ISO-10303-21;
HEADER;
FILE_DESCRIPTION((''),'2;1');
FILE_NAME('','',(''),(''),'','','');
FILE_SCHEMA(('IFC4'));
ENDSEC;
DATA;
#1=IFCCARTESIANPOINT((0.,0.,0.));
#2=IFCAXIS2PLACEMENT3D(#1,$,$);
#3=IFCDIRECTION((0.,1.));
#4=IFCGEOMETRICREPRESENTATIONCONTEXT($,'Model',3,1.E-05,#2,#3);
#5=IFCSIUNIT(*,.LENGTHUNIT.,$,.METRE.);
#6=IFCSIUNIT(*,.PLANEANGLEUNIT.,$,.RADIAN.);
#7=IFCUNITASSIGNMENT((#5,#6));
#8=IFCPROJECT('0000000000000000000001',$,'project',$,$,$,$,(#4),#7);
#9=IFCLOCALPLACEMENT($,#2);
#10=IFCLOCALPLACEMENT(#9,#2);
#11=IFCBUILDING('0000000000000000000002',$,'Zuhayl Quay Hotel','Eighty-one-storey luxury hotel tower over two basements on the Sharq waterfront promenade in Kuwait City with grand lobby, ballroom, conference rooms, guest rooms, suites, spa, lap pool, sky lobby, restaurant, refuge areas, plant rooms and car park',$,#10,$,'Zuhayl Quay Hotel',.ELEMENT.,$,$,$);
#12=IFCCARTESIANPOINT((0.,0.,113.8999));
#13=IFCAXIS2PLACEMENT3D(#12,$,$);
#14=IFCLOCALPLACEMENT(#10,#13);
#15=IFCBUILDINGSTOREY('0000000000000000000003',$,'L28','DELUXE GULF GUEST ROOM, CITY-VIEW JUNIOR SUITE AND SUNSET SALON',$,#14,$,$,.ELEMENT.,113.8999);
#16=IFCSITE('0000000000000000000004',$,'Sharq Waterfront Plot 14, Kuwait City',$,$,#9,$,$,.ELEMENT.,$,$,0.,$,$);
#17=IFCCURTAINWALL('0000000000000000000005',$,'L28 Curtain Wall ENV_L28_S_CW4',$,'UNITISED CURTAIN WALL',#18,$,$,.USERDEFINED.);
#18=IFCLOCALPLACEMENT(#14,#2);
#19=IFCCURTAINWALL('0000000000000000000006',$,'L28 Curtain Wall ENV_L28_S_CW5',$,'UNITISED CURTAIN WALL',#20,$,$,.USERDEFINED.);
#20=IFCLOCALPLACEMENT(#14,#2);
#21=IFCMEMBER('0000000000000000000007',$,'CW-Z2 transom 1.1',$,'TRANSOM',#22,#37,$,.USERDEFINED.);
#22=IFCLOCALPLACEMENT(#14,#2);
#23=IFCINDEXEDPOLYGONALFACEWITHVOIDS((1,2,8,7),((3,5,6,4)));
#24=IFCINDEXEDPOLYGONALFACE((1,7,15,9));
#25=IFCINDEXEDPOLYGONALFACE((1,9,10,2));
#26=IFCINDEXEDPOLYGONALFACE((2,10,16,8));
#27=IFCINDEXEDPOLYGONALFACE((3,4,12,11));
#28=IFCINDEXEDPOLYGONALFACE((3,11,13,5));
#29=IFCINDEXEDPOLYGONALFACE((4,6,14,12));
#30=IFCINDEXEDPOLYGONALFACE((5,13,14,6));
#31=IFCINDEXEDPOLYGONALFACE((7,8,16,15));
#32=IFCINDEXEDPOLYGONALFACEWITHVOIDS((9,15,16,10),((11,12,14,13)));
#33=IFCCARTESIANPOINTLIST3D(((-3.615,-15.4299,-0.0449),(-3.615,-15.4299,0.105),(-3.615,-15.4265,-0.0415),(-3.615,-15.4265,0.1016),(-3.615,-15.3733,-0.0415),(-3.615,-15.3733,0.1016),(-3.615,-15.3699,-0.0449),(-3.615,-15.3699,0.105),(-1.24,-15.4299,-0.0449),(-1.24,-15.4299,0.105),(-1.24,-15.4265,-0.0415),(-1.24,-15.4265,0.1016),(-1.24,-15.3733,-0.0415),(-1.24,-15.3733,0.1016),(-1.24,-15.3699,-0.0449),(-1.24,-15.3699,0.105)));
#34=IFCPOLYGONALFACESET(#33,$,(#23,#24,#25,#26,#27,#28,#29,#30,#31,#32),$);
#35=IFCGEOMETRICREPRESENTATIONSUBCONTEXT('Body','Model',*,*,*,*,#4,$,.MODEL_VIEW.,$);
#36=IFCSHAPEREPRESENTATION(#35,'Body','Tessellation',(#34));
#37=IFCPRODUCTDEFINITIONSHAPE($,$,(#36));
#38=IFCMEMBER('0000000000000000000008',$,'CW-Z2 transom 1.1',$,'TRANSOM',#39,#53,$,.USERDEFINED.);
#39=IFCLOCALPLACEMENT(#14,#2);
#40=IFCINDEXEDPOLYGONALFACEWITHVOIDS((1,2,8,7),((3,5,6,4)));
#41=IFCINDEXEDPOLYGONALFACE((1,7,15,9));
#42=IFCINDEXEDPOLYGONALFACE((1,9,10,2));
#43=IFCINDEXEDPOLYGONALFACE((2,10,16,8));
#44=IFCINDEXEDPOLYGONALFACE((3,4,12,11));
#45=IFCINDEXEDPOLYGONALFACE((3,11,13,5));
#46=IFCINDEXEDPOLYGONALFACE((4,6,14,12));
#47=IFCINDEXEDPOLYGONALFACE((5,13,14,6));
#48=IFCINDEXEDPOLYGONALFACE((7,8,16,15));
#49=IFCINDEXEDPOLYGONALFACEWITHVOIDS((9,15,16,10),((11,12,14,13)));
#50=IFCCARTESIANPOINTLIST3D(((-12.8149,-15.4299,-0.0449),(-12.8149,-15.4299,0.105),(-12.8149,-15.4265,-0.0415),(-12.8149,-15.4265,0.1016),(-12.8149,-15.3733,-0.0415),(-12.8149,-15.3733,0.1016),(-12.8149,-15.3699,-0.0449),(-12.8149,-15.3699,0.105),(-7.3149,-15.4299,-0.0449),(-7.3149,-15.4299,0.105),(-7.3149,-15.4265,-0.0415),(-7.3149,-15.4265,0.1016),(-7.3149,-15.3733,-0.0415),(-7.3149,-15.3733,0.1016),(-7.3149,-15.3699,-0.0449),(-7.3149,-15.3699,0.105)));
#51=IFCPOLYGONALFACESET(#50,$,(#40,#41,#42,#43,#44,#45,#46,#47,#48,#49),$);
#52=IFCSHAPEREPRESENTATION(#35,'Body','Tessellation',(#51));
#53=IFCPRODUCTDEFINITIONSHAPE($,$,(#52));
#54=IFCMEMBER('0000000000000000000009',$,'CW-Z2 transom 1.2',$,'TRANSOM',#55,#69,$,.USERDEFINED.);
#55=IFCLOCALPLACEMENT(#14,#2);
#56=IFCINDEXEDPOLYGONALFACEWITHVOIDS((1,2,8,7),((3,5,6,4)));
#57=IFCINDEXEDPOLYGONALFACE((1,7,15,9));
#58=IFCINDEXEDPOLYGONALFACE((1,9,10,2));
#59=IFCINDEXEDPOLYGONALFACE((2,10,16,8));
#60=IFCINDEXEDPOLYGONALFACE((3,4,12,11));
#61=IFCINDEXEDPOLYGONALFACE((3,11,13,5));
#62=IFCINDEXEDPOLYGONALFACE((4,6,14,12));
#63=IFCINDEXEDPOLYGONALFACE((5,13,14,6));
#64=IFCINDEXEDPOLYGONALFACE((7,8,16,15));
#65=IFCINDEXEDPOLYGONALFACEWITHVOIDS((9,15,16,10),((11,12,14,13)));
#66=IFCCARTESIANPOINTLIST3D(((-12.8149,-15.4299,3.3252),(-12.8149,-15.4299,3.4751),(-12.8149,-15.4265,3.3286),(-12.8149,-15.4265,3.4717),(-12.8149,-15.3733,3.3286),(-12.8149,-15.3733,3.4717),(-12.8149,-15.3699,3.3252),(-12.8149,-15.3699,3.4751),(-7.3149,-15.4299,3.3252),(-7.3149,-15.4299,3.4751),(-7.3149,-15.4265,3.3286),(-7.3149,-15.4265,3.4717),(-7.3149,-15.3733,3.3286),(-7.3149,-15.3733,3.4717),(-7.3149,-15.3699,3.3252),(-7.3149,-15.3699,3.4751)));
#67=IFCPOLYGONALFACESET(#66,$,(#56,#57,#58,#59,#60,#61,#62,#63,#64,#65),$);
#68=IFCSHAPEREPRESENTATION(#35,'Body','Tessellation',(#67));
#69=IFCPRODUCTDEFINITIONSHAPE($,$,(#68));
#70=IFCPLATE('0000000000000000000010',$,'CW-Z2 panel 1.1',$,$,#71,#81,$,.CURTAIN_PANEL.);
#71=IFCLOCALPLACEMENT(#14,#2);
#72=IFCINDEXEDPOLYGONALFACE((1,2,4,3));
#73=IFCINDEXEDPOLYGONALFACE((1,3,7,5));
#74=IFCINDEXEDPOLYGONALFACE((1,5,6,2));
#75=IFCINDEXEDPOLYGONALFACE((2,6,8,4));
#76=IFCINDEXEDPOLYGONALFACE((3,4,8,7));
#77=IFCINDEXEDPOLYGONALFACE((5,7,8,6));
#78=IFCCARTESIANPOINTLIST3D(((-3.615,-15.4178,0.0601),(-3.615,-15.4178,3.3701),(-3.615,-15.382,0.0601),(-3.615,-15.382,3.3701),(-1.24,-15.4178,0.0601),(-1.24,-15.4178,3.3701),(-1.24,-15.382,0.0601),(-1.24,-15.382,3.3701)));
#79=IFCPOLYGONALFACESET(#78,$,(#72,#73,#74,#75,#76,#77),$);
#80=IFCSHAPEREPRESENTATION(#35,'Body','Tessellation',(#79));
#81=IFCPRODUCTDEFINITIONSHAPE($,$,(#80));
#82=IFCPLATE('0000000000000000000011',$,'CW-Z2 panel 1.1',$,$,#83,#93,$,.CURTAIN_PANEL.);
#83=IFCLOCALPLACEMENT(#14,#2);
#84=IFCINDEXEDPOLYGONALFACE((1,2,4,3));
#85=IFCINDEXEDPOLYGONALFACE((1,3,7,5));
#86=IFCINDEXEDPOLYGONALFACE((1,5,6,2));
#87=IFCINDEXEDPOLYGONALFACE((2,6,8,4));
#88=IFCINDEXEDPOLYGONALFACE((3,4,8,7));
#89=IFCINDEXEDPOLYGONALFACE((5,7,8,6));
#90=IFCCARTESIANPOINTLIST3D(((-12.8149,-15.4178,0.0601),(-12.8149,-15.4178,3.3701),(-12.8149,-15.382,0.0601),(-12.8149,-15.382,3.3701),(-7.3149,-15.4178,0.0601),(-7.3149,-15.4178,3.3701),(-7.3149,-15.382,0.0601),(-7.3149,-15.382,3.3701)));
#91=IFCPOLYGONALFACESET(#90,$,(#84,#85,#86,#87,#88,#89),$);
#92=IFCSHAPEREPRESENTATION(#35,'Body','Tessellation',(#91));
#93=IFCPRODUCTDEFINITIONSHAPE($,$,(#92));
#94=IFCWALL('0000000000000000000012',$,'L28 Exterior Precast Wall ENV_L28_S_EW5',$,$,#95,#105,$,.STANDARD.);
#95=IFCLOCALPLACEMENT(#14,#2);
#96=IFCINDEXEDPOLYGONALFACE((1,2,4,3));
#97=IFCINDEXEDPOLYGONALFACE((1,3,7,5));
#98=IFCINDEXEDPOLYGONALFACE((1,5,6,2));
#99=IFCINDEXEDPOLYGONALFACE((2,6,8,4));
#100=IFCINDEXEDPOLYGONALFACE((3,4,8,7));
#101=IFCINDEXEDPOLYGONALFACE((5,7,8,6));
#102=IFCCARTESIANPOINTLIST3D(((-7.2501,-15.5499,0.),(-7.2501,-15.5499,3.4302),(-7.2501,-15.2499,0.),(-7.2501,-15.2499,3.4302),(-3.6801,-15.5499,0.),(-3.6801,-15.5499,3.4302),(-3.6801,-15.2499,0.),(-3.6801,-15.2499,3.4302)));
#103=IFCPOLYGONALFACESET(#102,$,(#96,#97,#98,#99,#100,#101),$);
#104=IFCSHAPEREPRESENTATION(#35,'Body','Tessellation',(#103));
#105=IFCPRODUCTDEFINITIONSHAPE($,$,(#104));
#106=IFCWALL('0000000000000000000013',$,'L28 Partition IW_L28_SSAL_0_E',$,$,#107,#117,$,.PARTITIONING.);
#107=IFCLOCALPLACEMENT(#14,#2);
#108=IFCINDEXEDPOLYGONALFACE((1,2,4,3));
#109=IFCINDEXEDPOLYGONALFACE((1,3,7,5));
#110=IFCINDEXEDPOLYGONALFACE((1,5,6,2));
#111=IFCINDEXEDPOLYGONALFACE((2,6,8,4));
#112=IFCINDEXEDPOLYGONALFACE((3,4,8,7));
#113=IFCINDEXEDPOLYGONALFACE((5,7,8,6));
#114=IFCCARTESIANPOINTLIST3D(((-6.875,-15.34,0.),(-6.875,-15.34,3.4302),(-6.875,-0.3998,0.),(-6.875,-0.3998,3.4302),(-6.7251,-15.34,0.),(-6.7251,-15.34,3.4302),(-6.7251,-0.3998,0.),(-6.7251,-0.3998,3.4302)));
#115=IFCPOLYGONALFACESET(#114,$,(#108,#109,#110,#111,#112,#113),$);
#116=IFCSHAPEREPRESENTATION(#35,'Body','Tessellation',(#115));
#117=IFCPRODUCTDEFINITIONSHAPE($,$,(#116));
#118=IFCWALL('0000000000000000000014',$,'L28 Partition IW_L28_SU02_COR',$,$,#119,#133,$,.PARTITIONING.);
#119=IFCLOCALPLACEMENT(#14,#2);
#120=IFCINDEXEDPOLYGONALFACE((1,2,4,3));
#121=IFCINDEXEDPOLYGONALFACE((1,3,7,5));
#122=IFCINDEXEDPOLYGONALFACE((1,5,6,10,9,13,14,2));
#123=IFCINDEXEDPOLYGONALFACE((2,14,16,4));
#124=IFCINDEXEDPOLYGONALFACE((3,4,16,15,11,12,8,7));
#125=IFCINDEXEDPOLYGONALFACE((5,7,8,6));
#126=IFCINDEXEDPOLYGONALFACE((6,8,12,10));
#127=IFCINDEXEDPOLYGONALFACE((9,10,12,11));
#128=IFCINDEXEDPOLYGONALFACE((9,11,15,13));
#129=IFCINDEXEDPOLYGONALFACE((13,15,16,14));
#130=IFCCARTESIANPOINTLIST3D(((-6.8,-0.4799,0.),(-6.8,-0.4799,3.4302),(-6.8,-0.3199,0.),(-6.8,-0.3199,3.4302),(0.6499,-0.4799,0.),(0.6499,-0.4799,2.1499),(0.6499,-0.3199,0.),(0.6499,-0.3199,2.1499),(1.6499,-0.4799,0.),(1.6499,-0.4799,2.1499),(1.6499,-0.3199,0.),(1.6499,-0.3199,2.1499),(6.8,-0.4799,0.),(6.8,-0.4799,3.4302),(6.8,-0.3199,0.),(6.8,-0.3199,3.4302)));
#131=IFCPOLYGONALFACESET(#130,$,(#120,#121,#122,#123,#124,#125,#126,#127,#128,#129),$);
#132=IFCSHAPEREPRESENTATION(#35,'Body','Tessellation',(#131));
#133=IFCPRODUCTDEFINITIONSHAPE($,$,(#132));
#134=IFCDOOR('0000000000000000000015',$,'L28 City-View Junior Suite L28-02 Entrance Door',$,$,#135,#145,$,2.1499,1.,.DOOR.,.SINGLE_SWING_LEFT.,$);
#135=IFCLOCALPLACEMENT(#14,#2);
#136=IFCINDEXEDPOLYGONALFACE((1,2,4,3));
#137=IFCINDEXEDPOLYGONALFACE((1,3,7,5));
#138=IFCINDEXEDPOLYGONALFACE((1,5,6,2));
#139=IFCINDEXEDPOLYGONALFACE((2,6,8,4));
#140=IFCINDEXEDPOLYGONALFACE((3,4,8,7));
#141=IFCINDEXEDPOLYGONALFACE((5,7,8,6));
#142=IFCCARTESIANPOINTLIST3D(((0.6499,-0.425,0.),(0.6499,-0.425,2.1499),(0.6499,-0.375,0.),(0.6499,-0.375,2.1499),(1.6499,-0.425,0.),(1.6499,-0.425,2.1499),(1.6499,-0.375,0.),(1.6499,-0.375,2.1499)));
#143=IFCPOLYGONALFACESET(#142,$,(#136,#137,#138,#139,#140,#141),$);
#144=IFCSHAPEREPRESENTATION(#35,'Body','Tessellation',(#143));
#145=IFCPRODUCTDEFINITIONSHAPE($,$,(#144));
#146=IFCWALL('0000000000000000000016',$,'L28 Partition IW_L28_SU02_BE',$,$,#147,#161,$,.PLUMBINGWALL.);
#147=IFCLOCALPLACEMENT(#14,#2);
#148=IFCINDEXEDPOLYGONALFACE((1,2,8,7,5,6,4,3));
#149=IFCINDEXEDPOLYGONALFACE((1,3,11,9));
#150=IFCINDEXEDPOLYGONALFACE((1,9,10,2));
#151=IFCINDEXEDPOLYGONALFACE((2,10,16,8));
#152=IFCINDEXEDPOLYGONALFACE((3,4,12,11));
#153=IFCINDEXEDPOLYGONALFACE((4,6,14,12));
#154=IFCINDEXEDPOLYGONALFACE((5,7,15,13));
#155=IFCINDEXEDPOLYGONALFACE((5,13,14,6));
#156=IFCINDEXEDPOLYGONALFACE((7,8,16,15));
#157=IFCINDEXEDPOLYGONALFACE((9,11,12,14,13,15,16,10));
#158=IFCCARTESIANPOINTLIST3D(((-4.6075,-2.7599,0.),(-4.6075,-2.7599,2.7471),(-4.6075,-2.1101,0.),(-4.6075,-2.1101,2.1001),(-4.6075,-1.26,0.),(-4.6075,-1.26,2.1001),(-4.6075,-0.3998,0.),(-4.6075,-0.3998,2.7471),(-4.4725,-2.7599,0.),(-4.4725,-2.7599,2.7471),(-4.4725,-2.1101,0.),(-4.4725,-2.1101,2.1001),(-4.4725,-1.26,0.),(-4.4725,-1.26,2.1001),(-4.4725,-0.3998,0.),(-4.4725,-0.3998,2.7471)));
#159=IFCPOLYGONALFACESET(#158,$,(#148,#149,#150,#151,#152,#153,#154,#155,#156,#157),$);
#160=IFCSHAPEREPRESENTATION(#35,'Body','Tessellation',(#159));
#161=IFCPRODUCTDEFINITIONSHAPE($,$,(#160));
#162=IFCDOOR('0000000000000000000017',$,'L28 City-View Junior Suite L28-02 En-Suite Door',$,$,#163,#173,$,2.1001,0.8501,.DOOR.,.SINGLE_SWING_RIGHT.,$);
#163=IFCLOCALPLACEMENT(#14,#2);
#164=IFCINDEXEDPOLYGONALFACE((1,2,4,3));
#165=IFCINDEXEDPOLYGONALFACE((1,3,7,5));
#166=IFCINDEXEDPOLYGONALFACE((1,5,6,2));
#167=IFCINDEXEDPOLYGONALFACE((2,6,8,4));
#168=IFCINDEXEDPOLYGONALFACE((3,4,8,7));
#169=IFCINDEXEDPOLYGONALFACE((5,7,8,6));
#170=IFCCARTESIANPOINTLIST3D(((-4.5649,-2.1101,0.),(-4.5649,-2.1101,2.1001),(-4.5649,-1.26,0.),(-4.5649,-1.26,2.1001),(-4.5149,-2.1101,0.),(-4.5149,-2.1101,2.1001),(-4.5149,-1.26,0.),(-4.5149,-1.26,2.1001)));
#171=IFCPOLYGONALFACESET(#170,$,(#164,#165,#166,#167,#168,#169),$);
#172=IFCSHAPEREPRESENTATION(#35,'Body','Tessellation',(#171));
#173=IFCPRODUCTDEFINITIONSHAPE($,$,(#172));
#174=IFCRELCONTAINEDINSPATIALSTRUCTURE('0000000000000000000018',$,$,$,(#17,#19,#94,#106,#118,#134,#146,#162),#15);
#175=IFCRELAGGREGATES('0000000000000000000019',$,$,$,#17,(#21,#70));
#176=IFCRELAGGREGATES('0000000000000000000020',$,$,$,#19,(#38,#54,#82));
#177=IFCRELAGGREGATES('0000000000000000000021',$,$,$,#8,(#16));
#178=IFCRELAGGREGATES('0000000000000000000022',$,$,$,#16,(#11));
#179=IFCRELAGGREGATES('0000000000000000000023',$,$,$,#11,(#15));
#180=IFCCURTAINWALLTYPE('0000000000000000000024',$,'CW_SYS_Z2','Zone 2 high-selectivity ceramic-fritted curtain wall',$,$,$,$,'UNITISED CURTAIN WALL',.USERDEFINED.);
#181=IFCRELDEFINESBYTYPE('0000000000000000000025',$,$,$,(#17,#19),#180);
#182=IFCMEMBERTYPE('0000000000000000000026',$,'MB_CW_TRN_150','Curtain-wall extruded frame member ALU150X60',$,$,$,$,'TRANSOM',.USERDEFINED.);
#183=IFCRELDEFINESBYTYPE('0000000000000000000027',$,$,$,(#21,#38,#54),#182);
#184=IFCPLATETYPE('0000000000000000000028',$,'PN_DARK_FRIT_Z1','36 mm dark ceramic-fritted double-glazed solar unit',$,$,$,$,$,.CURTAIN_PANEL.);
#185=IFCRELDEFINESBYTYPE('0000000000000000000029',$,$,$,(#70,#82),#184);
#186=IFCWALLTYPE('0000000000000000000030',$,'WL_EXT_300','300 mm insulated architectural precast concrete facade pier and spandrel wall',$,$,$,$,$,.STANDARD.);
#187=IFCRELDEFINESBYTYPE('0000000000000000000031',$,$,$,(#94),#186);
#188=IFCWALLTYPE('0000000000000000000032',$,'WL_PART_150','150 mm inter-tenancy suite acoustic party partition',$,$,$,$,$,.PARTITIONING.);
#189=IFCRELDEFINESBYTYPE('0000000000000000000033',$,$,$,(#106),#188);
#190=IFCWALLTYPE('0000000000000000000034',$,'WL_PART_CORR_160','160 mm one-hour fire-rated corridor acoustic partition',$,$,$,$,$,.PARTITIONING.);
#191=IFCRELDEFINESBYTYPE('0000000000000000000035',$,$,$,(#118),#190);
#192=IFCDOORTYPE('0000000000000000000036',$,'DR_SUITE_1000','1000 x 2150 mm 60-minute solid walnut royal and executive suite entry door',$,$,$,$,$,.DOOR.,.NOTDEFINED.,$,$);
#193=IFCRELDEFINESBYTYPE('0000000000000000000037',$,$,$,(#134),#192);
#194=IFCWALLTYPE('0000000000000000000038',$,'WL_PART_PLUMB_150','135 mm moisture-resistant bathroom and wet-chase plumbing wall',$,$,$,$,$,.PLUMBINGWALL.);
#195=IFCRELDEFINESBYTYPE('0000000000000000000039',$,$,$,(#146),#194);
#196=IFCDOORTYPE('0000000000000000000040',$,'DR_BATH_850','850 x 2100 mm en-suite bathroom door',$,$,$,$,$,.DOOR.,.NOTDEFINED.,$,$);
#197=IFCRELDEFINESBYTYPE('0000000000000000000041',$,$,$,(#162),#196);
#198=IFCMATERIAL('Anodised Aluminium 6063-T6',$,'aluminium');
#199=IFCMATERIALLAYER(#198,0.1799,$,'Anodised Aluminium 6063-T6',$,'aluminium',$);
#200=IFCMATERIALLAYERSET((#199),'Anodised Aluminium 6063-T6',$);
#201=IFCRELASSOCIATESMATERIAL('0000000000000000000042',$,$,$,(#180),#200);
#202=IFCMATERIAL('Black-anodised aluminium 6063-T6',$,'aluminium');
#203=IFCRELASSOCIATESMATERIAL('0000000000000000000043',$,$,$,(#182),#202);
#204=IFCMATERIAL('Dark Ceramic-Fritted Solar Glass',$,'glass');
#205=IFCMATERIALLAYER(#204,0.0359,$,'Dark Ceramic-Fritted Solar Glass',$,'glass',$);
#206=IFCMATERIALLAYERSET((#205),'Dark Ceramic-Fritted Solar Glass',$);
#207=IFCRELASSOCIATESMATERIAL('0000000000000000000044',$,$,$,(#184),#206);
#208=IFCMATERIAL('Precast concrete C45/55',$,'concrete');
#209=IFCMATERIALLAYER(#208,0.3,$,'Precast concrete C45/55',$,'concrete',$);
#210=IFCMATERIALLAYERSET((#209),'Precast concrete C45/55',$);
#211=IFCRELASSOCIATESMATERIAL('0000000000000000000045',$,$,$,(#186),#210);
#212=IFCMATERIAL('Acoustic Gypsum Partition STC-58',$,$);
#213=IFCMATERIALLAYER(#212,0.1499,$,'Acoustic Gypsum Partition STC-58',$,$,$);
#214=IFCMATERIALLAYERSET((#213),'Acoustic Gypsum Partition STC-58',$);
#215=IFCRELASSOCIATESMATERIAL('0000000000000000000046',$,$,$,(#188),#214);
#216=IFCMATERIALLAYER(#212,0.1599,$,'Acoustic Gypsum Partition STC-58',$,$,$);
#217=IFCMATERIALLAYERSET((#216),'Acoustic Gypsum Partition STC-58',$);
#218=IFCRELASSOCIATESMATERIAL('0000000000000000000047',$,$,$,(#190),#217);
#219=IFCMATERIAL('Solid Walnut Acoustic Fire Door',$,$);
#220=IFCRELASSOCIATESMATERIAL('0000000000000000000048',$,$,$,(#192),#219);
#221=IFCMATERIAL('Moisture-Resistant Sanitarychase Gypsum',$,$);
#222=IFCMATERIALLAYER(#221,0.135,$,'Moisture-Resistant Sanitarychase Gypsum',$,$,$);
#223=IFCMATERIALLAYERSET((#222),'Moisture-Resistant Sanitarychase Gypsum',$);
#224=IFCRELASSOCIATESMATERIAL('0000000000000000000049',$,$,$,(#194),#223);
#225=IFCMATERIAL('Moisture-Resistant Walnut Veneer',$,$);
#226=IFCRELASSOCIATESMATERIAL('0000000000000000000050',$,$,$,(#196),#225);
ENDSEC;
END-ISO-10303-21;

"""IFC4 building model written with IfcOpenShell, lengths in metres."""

from ifc_helpers import new_model, si_unit, direction, frame, frame_2d, origin, origin_2d, place, context, subcontext, project, spatial, rectangle, hollow_rectangle, extrude, material, layer, layer_set, material_profile, profile_set, type_object, element, fill, aggregate, save


model = new_model("IFC4")

# Units and contexts
model_context = context("Model", 3, precision=1e-05, world=origin(), true_north=direction((0.0, 1.0)))
body_context = subcontext(model_context, "Body", "Model", "MODEL_VIEW")
ifc_project = project(units=[si_unit("LENGTHUNIT", "METRE"), si_unit("PLANEANGLEUNIT", "RADIAN")], contexts=[model_context])

# Site, building, storey
site_placement = place(None, origin())
site = spatial("IfcSite", under=ifc_project, at=site_placement, Name="Sharq Waterfront Plot 14, Kuwait City", CompositionType="ELEMENT", RefElevation=0.0)
building_placement = place(site_placement, origin())
building = spatial("IfcBuilding", under=site, at=building_placement, Name="Zuhayl Quay Hotel", Description="Eighty-one-storey luxury hotel tower over two basements on the Sharq waterfront promenade in Kuwait City with grand lobby, ballroom, conference rooms, guest rooms, suites, spa, lap pool, sky lobby, restaurant, refuge areas, plant rooms and car park", LongName="Zuhayl Quay Hotel", CompositionType="ELEMENT")
storey_placement = place(building_placement, frame((0.0, 0.0, 113.8999)))
storey = spatial("IfcBuildingStorey", under=building, at=storey_placement, Name="L28", Description="DELUXE GULF GUEST ROOM, CITY-VIEW JUNIOR SUITE AND SUNSET SALON", CompositionType="ELEMENT", Elevation=113.8999)

# Curtain walls
ifc_material_1 = material(Name="Anodised Aluminium 6063-T6", Category="aluminium")
ifc_layer_1 = layer(ifc_material_1, 0.1799, Name="Anodised Aluminium 6063-T6", Category="aluminium")
ifc_layer_set_1 = layer_set([ifc_layer_1], Name="Anodised Aluminium 6063-T6")
curtain_wall_type = type_object("IfcCurtainWallType", Name="CW_SYS_Z2", Description="Zone 2 high-selectivity ceramic-fritted curtain wall", ElementType="UNITISED CURTAIN WALL", PredefinedType="USERDEFINED", material=ifc_layer_set_1)
curtain_wall_1_placement = place(storey_placement, origin())
curtain_wall_1 = element("IfcCurtainWall", 1, at=curtain_wall_1_placement, inside=storey, type_object=curtain_wall_type, Name="L28 Curtain Wall ENV_L28_S_CW4", ObjectType="UNITISED CURTAIN WALL", PredefinedType="USERDEFINED")
ifc_material_2 = material(Name="Black-anodised aluminium 6063-T6", Category="aluminium")
curtain_wall_2_placement = place(storey_placement, origin())
curtain_wall_2 = element("IfcCurtainWall", 2, at=curtain_wall_2_placement, inside=storey, type_object=curtain_wall_type, Name="L28 Curtain Wall ENV_L28_S_CW5", ObjectType="UNITISED CURTAIN WALL", PredefinedType="USERDEFINED")

# Members
ifc_material_profile_1 = material_profile(ifc_material_2, hollow_rectangle(XDim=0.0601, YDim=0.1499, WallThickness=0.0034, at=origin_2d()), Name="ALU150X60")
ifc_profile_set_1 = profile_set([ifc_material_profile_1], Name="Black-anodised aluminium 6063-T6")
member_type_1 = type_object("IfcMemberType", Name="MB_CW_TRN_150", Description="Curtain-wall extruded frame member ALU150X60", ElementType="TRANSOM", PredefinedType="USERDEFINED", material=ifc_profile_set_1)
member_1_placement = place(storey_placement, frame((-1.24, -15.3999, 0.03), z_axis=(-1.0, 0.0, 0.0), x_axis=(0.0, -1.0, 0.0)))
member_1 = element("IfcMember", 3, at=member_1_placement, type_object=member_type_1, Name="CW-Z2 transom 1.1", ObjectType="TRANSOM", PredefinedType="USERDEFINED", context=body_context, shape_type="SweptSolid", body=[
    extrude(hollow_rectangle(XDim=0.0601, YDim=0.1499, WallThickness=0.0034, at=origin_2d()), origin(), (0.0, 0.0, 1.0), 2.375),
])
member_2_placement = place(storey_placement, frame((-7.3149, -15.3999, 0.03), z_axis=(-1.0, 0.0, 0.0), x_axis=(0.0, -1.0, 0.0)))
member_2 = element("IfcMember", 4, at=member_2_placement, type_object=member_type_1, Name="CW-Z2 transom 1.1", ObjectType="TRANSOM", PredefinedType="USERDEFINED", context=body_context, shape_type="SweptSolid", body=[
    extrude(hollow_rectangle(XDim=0.0601, YDim=0.1499, WallThickness=0.0034, at=origin_2d()), origin(), (0.0, 0.0, 1.0), 5.5),
])
member_3_placement = place(storey_placement, frame((-7.3149, -15.3999, 3.4001), z_axis=(-1.0, 0.0, 0.0), x_axis=(0.0, -1.0, 0.0)))
member_3 = element("IfcMember", 5, at=member_3_placement, type_object=member_type_1, Name="CW-Z2 transom 1.2", ObjectType="TRANSOM", PredefinedType="USERDEFINED", context=body_context, shape_type="SweptSolid", body=[
    extrude(hollow_rectangle(XDim=0.0601, YDim=0.1499, WallThickness=0.0034, at=origin_2d()), origin(), (0.0, 0.0, 1.0), 5.5),
])

# Plates
ifc_material_3 = material(Name="Dark Ceramic-Fritted Solar Glass", Category="glass")
ifc_layer_2 = layer(ifc_material_3, 0.0359, Name="Dark Ceramic-Fritted Solar Glass", Category="glass")
ifc_layer_set_2 = layer_set([ifc_layer_2], Name="Dark Ceramic-Fritted Solar Glass")
plate_type = type_object("IfcPlateType", Name="PN_DARK_FRIT_Z1", Description="36 mm dark ceramic-fritted double-glazed solar unit", PredefinedType="CURTAIN_PANEL", material=ifc_layer_set_2)
plate_1_placement = place(storey_placement, frame((-2.4275, -15.3999, 0.0601), z_axis=(0.0, 0.0, 1.0), x_axis=(-1.0, 0.0, 0.0)))
plate_1 = element("IfcPlate", 6, at=plate_1_placement, type_object=plate_type, Name="CW-Z2 panel 1.1", PredefinedType="CURTAIN_PANEL", context=body_context, shape_type="SweptSolid", body=[
    extrude(rectangle(XDim=2.375, YDim=0.0359, at=origin_2d()), origin(), (0.0, 0.0, 1.0), 3.3101),
])
aggregate(curtain_wall_1, [member_1, plate_1])
plate_2_placement = place(storey_placement, frame((-10.0649, -15.3999, 0.0601), z_axis=(0.0, 0.0, 1.0), x_axis=(-1.0, 0.0, 0.0)))
plate_2 = element("IfcPlate", 7, at=plate_2_placement, type_object=plate_type, Name="CW-Z2 panel 1.1", PredefinedType="CURTAIN_PANEL", context=body_context, shape_type="SweptSolid", body=[
    extrude(rectangle(XDim=5.5, YDim=0.0359, at=origin_2d()), origin(), (0.0, 0.0, 1.0), 3.3101),
])
aggregate(curtain_wall_2, [member_2, member_3, plate_2])

# Walls
ifc_material_4 = material(Name="Precast concrete C45/55", Category="concrete")
ifc_layer_3 = layer(ifc_material_4, 0.3, Name="Precast concrete C45/55", Category="concrete")
ifc_layer_set_3 = layer_set([ifc_layer_3], Name="Precast concrete C45/55")
wall_type_1 = type_object("IfcWallType", Name="WL_EXT_300", Description="300 mm insulated architectural precast concrete facade pier and spandrel wall", PredefinedType="STANDARD", material=ifc_layer_set_3)
wall_1_placement = place(storey_placement, frame((-3.6799, -15.3999, 0.0), z_axis=(0.0, 0.0, 1.0), x_axis=(-1.0, 0.0, 0.0)))
element("IfcWall", 8, at=wall_1_placement, inside=storey, type_object=wall_type_1, Name="L28 Exterior Precast Wall ENV_L28_S_EW5", PredefinedType="STANDARD", context=body_context, shape_type="SweptSolid", body=[
    extrude(rectangle(XDim=3.5701, YDim=0.3, at=frame_2d((1.7852, 0.0))), origin(), (0.0, 0.0, 1.0), 3.4302),
])
ifc_material_5 = material(Name="Acoustic Gypsum Partition STC-58")
ifc_layer_4 = layer(ifc_material_5, 0.1499, Name="Acoustic Gypsum Partition STC-58")
ifc_layer_set_4 = layer_set([ifc_layer_4], Name="Acoustic Gypsum Partition STC-58")
wall_type_2 = type_object("IfcWallType", Name="WL_PART_150", Description="150 mm inter-tenancy suite acoustic party partition", PredefinedType="PARTITIONING", material=ifc_layer_set_4)
wall_2_placement = place(storey_placement, frame((-6.8, -15.3401, 0.0), z_axis=(0.0, 0.0, 1.0), x_axis=(0.0, 1.0, 0.0)))
element("IfcWall", 9, at=wall_2_placement, inside=storey, type_object=wall_type_2, Name="L28 Partition IW_L28_SSAL_0_E", PredefinedType="PARTITIONING", context=body_context, shape_type="SweptSolid", body=[
    extrude(rectangle(XDim=14.9402, YDim=0.1499, at=frame_2d((7.4702, 0.0))), origin(), (0.0, 0.0, 1.0), 3.4302),
])

# Walls, openings, doors
ifc_layer_5 = layer(ifc_material_5, 0.1599, Name="Acoustic Gypsum Partition STC-58")
ifc_layer_set_5 = layer_set([ifc_layer_5], Name="Acoustic Gypsum Partition STC-58")
wall_type_3 = type_object("IfcWallType", Name="WL_PART_CORR_160", Description="160 mm one-hour fire-rated corridor acoustic partition", PredefinedType="PARTITIONING", material=ifc_layer_set_5)
wall_3_placement = place(storey_placement, frame((-6.8, -0.3999, 0.0), z_axis=(0.0, 0.0, 1.0), x_axis=(1.0, 0.0, 0.0)))
wall_3 = element("IfcWall", 10, at=wall_3_placement, inside=storey, type_object=wall_type_3, Name="L28 Partition IW_L28_SU02_COR", PredefinedType="PARTITIONING", context=body_context, shape_type="SweptSolid", body=[
    extrude(rectangle(XDim=13.6001, YDim=0.1599, at=frame_2d((6.8, 0.0))), origin(), (0.0, 0.0, 1.0), 3.4302),
])
opening_1_placement = place(wall_3_placement, frame((7.45, 0.0, 0.0)))
opening_1 = element("IfcOpeningElement", 11, at=opening_1_placement, cuts=wall_3, PredefinedType="OPENING", context=body_context, shape_type="SweptSolid", body=[
    extrude(rectangle(XDim=1.0, YDim=2.1499, at=frame_2d((0.5, 1.075))), frame((0.0, 0.0898, 0.0), z_axis=(0.0, -1.0, 0.0), x_axis=(1.0, 0.0, 0.0)), (0.0, 0.0, 1.0), 0.1799),
])
ifc_material_6 = material(Name="Solid Walnut Acoustic Fire Door")
door_type_1 = type_object("IfcDoorType", Name="DR_SUITE_1000", Description="1000 x 2150 mm 60-minute solid walnut royal and executive suite entry door", OperationType="NOTDEFINED", PredefinedType="DOOR", material=ifc_material_6)
door_1_placement = place(opening_1_placement, origin())
door_1 = element("IfcDoor", 12, at=door_1_placement, inside=storey, type_object=door_type_1, Name="L28 City-View Junior Suite L28-02 Entrance Door", OperationType="SINGLE_SWING_LEFT", OverallHeight=2.1499, OverallWidth=1.0, PredefinedType="DOOR", context=body_context, shape_type="SweptSolid", body=[
    extrude(rectangle(XDim=1.0, YDim=2.1499, at=frame_2d((0.5, 1.075))), frame((0.0, 0.0249, 0.0), z_axis=(0.0, -1.0, 0.0), x_axis=(1.0, 0.0, 0.0)), (0.0, 0.0, 1.0), 0.05),
])
fill(opening_1, door_1)
ifc_material_7 = material(Name="Moisture-Resistant Sanitarychase Gypsum")
ifc_layer_6 = layer(ifc_material_7, 0.135, Name="Moisture-Resistant Sanitarychase Gypsum")
ifc_layer_set_6 = layer_set([ifc_layer_6], Name="Moisture-Resistant Sanitarychase Gypsum")
wall_type_4 = type_object("IfcWallType", Name="WL_PART_PLUMB_150", Description="135 mm moisture-resistant bathroom and wet-chase plumbing wall", PredefinedType="PLUMBINGWALL", material=ifc_layer_set_6)
wall_4_placement = place(storey_placement, frame((-4.54, -2.76, 0.0), z_axis=(0.0, 0.0, 1.0), x_axis=(0.0, 1.0, 0.0)))
wall_4 = element("IfcWall", 13, at=wall_4_placement, inside=storey, type_object=wall_type_4, Name="L28 Partition IW_L28_SU02_BE", PredefinedType="PLUMBINGWALL", context=body_context, shape_type="SweptSolid", body=[
    extrude(rectangle(XDim=2.3601, YDim=0.135, at=frame_2d((1.1802, 0.0))), origin(), (0.0, 0.0, 1.0), 2.7471),
])
opening_2_placement = place(wall_4_placement, frame((0.6499, 0.0, 0.0)))
opening_2 = element("IfcOpeningElement", 14, at=opening_2_placement, cuts=wall_4, PredefinedType="OPENING", context=body_context, shape_type="SweptSolid", body=[
    extrude(rectangle(XDim=0.8501, YDim=2.1001, at=frame_2d((0.425, 1.05))), frame((0.0, 0.0774, 0.0), z_axis=(0.0, -1.0, 0.0), x_axis=(1.0, 0.0, 0.0)), (0.0, 0.0, 1.0), 0.155),
])
ifc_material_8 = material(Name="Moisture-Resistant Walnut Veneer")
door_type_2 = type_object("IfcDoorType", Name="DR_BATH_850", Description="850 x 2100 mm en-suite bathroom door", OperationType="NOTDEFINED", PredefinedType="DOOR", material=ifc_material_8)
door_2_placement = place(opening_2_placement, origin())
door_2 = element("IfcDoor", 15, at=door_2_placement, inside=storey, type_object=door_type_2, Name="L28 City-View Junior Suite L28-02 En-Suite Door", OperationType="SINGLE_SWING_RIGHT", OverallHeight=2.1001, OverallWidth=0.8501, PredefinedType="DOOR", context=body_context, shape_type="SweptSolid", body=[
    extrude(rectangle(XDim=0.8501, YDim=2.1001, at=frame_2d((0.425, 1.05))), frame((0.0, 0.0249, 0.0), z_axis=(0.0, -1.0, 0.0), x_axis=(1.0, 0.0, 0.0)), (0.0, 0.0, 1.0), 0.05),
])
fill(opening_2, door_2)

save(model, "model.ifc")
